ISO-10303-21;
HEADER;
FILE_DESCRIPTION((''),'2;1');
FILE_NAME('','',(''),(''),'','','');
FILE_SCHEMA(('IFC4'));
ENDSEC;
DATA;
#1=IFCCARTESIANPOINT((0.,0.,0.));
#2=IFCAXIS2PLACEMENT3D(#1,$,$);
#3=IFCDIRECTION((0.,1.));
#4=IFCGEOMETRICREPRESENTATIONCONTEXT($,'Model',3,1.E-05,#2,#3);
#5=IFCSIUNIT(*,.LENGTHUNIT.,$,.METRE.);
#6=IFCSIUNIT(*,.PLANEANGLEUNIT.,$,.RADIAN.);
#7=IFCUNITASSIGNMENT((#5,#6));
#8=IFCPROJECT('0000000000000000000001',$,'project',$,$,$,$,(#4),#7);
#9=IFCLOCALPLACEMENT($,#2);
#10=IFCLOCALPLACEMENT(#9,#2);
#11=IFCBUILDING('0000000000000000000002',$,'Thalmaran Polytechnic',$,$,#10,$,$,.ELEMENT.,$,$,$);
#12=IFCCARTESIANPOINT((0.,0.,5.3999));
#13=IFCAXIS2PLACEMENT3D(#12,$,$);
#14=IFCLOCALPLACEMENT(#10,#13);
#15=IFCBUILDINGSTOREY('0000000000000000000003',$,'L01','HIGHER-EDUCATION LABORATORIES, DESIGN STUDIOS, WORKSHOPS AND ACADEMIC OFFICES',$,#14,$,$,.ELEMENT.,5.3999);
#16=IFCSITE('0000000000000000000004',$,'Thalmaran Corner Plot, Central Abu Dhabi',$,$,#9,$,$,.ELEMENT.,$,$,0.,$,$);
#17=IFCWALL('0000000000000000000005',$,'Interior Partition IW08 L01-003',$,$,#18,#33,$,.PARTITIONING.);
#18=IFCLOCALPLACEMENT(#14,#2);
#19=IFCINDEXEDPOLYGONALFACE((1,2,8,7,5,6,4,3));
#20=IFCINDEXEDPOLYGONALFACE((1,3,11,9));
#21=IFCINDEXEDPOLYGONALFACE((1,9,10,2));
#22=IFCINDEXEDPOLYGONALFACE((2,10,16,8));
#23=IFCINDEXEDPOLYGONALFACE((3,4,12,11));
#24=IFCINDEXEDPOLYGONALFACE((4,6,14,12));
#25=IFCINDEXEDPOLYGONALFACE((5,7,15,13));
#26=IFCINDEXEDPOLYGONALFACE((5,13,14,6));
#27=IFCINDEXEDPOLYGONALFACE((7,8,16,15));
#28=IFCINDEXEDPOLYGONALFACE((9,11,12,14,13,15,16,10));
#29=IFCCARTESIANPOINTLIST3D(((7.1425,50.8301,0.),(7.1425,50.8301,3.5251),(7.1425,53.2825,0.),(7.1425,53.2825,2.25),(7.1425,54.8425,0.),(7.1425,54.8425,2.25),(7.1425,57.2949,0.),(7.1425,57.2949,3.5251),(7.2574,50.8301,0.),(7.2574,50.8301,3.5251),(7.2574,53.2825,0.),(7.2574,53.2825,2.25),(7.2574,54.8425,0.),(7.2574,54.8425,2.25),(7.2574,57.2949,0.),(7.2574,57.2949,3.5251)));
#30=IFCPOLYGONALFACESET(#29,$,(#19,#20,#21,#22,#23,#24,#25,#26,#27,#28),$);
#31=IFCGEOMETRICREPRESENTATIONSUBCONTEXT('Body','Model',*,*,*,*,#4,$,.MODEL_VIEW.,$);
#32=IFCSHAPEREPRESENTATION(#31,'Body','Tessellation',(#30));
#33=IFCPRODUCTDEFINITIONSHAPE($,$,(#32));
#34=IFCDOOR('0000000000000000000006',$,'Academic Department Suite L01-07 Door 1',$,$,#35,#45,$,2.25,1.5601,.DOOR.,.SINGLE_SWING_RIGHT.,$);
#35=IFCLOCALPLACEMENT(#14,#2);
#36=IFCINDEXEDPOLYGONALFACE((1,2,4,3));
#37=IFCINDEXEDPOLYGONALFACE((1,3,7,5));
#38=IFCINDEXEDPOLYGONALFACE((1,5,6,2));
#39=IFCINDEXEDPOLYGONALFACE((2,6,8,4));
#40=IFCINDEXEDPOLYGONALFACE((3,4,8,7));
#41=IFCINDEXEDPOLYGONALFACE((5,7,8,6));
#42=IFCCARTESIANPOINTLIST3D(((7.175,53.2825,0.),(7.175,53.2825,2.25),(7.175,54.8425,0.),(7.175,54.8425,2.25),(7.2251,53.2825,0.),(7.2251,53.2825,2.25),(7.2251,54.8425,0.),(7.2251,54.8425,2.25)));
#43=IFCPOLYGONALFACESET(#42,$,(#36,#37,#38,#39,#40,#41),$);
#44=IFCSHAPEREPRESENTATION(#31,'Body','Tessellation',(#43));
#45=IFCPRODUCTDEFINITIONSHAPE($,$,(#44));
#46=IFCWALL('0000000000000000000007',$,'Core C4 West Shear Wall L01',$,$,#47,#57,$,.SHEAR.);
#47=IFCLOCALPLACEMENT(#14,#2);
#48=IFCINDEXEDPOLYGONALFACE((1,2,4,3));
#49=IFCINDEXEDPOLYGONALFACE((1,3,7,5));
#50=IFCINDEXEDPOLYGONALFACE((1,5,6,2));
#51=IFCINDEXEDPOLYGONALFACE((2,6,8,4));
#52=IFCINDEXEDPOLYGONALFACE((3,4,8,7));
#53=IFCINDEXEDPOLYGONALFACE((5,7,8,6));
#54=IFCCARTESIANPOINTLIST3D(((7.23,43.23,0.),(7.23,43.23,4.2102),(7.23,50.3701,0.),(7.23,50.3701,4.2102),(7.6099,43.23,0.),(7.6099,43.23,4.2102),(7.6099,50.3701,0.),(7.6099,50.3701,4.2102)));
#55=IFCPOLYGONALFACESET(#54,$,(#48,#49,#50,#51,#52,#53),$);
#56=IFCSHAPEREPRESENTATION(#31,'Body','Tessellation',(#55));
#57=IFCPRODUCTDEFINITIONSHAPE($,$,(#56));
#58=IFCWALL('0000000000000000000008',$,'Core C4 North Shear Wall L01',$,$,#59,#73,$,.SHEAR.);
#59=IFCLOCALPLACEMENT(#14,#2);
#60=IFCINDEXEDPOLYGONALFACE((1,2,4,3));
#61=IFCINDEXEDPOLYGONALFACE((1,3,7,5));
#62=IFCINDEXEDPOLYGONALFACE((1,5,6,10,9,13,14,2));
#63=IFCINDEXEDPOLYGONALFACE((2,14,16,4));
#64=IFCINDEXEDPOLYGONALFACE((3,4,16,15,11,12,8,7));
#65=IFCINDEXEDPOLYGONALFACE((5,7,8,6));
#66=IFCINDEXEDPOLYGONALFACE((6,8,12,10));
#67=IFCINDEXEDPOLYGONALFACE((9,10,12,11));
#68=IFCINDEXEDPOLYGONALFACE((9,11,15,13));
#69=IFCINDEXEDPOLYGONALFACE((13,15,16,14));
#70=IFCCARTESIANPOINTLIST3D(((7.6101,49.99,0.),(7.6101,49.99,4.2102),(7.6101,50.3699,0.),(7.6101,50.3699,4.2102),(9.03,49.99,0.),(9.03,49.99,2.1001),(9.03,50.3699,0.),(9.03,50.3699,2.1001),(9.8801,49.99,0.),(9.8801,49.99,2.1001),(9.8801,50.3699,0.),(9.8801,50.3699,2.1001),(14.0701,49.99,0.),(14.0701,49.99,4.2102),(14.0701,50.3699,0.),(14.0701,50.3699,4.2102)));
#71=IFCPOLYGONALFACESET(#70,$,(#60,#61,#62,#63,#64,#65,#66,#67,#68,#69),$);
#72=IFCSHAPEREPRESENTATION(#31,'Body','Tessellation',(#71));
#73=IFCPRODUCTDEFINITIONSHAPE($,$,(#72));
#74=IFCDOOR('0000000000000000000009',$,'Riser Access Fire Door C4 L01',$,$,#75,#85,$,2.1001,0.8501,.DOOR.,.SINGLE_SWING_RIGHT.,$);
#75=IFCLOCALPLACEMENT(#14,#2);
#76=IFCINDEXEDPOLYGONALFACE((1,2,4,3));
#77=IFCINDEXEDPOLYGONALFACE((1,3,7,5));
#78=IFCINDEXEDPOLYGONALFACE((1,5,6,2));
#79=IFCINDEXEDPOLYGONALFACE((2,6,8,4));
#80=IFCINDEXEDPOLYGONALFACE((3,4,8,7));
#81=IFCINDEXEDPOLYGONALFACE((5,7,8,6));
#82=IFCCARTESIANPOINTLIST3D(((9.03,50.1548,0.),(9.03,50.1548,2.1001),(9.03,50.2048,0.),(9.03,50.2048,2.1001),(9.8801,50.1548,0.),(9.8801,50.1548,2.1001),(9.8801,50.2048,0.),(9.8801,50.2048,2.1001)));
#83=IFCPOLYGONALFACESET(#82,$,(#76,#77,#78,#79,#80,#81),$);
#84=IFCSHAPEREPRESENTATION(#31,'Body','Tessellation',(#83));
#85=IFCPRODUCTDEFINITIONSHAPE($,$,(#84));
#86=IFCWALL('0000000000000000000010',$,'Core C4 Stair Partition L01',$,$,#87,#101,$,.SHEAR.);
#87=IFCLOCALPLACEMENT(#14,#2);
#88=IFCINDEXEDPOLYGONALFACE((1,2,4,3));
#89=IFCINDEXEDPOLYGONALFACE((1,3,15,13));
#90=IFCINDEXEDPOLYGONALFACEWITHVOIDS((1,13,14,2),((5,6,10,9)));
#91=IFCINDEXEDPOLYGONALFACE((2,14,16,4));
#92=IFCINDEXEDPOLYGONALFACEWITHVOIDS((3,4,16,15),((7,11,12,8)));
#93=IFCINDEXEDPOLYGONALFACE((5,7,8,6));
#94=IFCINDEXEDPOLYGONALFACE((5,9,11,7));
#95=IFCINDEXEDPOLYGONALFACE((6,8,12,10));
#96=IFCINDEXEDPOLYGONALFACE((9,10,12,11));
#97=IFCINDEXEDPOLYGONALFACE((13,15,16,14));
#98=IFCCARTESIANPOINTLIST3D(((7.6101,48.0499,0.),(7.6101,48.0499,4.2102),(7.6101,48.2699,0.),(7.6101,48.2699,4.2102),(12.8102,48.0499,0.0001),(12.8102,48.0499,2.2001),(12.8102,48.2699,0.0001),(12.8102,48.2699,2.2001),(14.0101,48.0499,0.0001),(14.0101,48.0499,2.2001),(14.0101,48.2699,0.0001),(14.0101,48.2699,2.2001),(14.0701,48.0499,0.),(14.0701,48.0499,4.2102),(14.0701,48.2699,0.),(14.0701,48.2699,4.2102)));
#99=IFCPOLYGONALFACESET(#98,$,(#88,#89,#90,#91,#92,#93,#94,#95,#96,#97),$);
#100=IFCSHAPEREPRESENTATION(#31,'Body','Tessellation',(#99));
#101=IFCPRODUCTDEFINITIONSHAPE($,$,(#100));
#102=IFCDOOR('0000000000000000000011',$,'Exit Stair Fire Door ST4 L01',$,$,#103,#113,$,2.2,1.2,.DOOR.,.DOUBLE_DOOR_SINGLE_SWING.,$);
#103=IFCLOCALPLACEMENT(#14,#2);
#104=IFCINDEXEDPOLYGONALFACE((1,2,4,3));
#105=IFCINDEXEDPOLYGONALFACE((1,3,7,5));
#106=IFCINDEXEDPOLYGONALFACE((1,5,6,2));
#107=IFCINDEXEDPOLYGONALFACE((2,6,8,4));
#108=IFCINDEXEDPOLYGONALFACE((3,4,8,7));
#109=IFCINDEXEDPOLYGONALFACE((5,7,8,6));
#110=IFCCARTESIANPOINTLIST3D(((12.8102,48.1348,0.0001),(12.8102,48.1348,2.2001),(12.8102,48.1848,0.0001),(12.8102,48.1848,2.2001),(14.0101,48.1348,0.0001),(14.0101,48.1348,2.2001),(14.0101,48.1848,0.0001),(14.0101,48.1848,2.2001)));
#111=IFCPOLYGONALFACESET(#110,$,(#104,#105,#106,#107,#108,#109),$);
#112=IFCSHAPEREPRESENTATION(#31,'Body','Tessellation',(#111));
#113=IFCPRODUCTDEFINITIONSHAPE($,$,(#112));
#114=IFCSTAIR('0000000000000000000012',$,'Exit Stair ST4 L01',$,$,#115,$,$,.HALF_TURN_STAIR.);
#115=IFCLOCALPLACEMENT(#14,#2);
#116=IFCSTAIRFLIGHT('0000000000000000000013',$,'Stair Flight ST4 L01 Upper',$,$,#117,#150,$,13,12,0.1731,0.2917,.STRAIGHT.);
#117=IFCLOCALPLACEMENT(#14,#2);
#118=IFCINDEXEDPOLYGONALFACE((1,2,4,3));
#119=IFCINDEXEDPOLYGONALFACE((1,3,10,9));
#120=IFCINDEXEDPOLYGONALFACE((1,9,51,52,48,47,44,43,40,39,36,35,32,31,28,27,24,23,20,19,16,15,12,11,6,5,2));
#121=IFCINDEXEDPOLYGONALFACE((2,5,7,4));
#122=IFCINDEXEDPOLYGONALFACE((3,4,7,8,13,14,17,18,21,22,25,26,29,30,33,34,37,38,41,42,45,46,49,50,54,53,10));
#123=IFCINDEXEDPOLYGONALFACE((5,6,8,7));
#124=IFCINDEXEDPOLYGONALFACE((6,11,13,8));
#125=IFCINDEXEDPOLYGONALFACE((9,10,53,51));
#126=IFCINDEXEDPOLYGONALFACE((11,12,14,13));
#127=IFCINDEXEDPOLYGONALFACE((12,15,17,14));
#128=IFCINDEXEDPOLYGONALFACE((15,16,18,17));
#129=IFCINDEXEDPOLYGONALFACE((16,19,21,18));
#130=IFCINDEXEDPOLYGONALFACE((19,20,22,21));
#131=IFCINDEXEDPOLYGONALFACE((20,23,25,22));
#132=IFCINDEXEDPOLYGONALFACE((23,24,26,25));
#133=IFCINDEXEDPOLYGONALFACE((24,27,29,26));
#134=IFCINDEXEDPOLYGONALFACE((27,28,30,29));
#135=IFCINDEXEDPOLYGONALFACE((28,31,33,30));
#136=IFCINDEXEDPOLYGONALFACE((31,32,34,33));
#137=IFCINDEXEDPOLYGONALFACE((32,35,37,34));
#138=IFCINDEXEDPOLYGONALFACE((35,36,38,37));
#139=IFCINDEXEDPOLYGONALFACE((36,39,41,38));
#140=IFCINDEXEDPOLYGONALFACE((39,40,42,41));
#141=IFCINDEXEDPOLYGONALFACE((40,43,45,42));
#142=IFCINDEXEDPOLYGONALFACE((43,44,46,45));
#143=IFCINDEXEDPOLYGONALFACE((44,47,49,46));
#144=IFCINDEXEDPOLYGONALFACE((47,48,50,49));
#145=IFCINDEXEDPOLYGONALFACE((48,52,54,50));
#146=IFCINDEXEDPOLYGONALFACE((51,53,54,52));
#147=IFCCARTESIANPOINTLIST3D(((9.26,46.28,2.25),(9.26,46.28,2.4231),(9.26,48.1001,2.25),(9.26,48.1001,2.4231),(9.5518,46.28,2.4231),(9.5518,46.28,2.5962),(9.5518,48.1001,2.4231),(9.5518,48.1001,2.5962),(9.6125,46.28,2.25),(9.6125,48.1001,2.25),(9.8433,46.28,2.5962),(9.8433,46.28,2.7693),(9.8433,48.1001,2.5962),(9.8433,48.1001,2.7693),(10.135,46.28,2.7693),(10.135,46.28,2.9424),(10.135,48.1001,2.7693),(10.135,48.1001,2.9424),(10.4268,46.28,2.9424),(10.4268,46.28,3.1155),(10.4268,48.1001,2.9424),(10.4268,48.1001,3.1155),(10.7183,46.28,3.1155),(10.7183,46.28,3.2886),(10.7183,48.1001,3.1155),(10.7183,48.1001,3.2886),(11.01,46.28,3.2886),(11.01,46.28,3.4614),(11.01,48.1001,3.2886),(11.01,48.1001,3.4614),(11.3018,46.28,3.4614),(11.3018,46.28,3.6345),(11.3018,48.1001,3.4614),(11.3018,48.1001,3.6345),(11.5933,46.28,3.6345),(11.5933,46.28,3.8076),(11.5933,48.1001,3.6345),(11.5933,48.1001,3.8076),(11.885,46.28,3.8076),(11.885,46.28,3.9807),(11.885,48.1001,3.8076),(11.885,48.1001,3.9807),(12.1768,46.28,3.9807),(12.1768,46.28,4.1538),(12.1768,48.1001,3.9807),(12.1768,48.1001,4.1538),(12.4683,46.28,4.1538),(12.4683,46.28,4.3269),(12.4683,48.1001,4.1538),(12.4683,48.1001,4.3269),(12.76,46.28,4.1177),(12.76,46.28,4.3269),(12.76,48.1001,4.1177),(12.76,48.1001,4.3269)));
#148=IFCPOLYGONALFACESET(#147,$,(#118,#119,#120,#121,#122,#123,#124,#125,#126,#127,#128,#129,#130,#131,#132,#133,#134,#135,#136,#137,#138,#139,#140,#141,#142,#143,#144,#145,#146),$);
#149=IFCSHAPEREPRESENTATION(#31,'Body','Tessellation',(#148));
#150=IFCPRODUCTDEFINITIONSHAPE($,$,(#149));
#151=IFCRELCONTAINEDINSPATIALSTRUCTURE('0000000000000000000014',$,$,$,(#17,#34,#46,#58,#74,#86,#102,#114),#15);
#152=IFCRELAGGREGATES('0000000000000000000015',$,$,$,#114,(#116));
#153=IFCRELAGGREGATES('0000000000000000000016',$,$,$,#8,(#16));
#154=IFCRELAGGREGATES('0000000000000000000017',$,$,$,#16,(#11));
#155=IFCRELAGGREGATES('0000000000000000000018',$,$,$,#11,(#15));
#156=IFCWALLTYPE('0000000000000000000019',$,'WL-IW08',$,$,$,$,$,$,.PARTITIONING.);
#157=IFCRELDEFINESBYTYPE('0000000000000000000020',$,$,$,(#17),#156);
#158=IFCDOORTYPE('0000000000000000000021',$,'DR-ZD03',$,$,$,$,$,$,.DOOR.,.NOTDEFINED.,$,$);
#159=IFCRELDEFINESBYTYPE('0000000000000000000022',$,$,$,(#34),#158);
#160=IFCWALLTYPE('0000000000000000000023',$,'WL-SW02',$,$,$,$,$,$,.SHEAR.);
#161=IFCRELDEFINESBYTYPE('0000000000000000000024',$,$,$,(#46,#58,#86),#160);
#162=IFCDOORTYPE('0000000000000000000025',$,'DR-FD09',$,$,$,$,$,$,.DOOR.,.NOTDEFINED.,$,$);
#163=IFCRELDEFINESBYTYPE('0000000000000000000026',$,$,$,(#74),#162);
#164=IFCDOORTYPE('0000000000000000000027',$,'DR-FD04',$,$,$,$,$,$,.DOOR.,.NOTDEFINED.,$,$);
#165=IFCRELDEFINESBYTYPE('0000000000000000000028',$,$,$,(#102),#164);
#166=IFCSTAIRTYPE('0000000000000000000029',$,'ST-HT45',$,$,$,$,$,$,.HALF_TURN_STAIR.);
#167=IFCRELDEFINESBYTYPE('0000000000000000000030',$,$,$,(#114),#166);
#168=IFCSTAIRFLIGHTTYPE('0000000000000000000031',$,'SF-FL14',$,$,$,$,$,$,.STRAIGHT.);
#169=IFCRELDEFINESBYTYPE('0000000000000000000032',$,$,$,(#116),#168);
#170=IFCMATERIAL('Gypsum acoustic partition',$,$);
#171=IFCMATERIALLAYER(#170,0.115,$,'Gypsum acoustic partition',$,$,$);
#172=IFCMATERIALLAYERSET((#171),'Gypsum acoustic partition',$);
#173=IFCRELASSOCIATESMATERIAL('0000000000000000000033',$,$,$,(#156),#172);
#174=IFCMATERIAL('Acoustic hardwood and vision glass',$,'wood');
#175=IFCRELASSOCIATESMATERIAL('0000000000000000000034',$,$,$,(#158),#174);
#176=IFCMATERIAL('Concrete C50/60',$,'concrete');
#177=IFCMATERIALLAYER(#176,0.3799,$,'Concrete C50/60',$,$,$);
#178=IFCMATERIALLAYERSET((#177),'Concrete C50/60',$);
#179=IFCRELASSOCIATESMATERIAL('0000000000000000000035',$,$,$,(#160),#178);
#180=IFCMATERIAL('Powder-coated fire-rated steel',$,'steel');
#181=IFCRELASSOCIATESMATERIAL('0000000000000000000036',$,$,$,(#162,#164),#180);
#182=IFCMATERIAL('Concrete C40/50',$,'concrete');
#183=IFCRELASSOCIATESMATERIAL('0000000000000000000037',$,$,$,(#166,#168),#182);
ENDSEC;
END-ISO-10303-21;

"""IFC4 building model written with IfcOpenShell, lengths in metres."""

from ifc_helpers import new_model, si_unit, direction, frame, frame_2d, origin, place, context, subcontext, project, spatial, polyline, rectangle, outline, extrude, material, layer, layer_set, type_object, element, fill, aggregate, save


model = new_model("IFC4")

# Units and contexts
model_context = context("Model", 3, precision=1e-05, world=origin(), true_north=direction((0.0, 1.0)))
body_context = subcontext(model_context, "Body", "Model", "MODEL_VIEW")
ifc_project = project(units=[si_unit("LENGTHUNIT", "METRE"), si_unit("PLANEANGLEUNIT", "RADIAN")], contexts=[model_context])

# Site, building, storey
site_placement = place(None, origin())
site = spatial("IfcSite", under=ifc_project, at=site_placement, Name="Thalmaran Corner Plot, Central Abu Dhabi", CompositionType="ELEMENT", RefElevation=0.0)
building_placement = place(site_placement, origin())
building = spatial("IfcBuilding", under=site, at=building_placement, Name="Thalmaran Polytechnic", CompositionType="ELEMENT")
storey_placement = place(building_placement, frame((0.0, 0.0, 5.3999)))
storey = spatial("IfcBuildingStorey", under=building, at=storey_placement, Name="L01", Description="HIGHER-EDUCATION LABORATORIES, DESIGN STUDIOS, WORKSHOPS AND ACADEMIC OFFICES", CompositionType="ELEMENT", Elevation=5.3999)

# Shared definitions
ifc_material_1 = material(Name="Concrete C50/60", Category="concrete")

# Shared definitions
ifc_material_2 = material(Name="Concrete C40/50", Category="concrete")

# Shared definitions
ifc_material_3 = material(Name="Gypsum acoustic partition")

# Wall, opening, door
ifc_layer_1 = layer(ifc_material_3, 0.115, Name="Gypsum acoustic partition")
ifc_layer_set_1 = layer_set([ifc_layer_1], Name="Gypsum acoustic partition")
wall_type_1 = type_object("IfcWallType", Name="WL-IW08", PredefinedType="PARTITIONING", material=ifc_layer_set_1)
wall_1_placement = place(storey_placement, frame((7.2, 50.8301, 0.0), z_axis=(0.0, 0.0, 1.0), x_axis=(0.0, 1.0, 0.0)))
wall_1 = element("IfcWall", 1, at=wall_1_placement, inside=storey, type_object=wall_type_1, Name="Interior Partition IW08 L01-003", PredefinedType="PARTITIONING", context=body_context, shape_type="SweptSolid", body=[
    extrude(rectangle(XDim=6.4648, YDim=0.115, at=frame_2d((3.2324, 0.0))), origin(), (0.0, 0.0, 1.0), 3.5251),
])
opening_1_placement = place(wall_1_placement, frame((2.4524, 0.0, 0.0)))
opening_1 = element("IfcOpeningElement", 2, at=opening_1_placement, cuts=wall_1, PredefinedType="OPENING", context=body_context, shape_type="SweptSolid", body=[
    extrude(rectangle(XDim=1.5601, YDim=2.25, at=frame_2d((0.78, 1.125))), frame((0.0, 0.0674, 0.0), z_axis=(0.0, -1.0, 0.0), x_axis=(1.0, 0.0, 0.0)), (0.0, 0.0, 1.0), 0.135),
])
ifc_material_4 = material(Name="Acoustic hardwood and vision glass", Category="wood")
door_type_1 = type_object("IfcDoorType", Name="DR-ZD03", OperationType="NOTDEFINED", PredefinedType="DOOR", material=ifc_material_4)
door_1_placement = place(opening_1_placement, origin())
door_1 = element("IfcDoor", 3, at=door_1_placement, inside=storey, type_object=door_type_1, Name="Academic Department Suite L01-07 Door 1", OperationType="SINGLE_SWING_RIGHT", OverallHeight=2.25, OverallWidth=1.5601, PredefinedType="DOOR", context=body_context, shape_type="SweptSolid", body=[
    extrude(rectangle(XDim=1.5601, YDim=2.25, at=frame_2d((0.78, 1.125))), frame((0.0, 0.0249, 0.0), z_axis=(0.0, -1.0, 0.0), x_axis=(1.0, 0.0, 0.0)), (0.0, 0.0, 1.0), 0.05),
])
fill(opening_1, door_1)

# Wall
ifc_layer_2 = layer(ifc_material_1, 0.3799, Name="Concrete C50/60")
ifc_layer_set_2 = layer_set([ifc_layer_2], Name="Concrete C50/60")
wall_type_2 = type_object("IfcWallType", Name="WL-SW02", PredefinedType="SHEAR", material=ifc_layer_set_2)
wall_2_placement = place(storey_placement, frame((7.4199, 50.3701, 0.0), z_axis=(0.0, 0.0, 1.0), x_axis=(0.0, -1.0, 0.0)))
element("IfcWall", 4, at=wall_2_placement, inside=storey, type_object=wall_type_2, Name="Core C4 West Shear Wall L01", PredefinedType="SHEAR", context=body_context, shape_type="SweptSolid", body=[
    extrude(rectangle(XDim=7.1401, YDim=0.3799, at=frame_2d((3.5701, 0.0))), origin(), (0.0, 0.0, 1.0), 4.2102),
])

# Walls, openings, doors
wall_3_placement = place(storey_placement, frame((7.6101, 50.1799, 0.0), z_axis=(0.0, 0.0, 1.0), x_axis=(1.0, 0.0, 0.0)))
wall_3 = element("IfcWall", 5, at=wall_3_placement, inside=storey, type_object=wall_type_2, Name="Core C4 North Shear Wall L01", PredefinedType="SHEAR", context=body_context, shape_type="SweptSolid", body=[
    extrude(rectangle(XDim=6.46, YDim=0.3799, at=frame_2d((3.23, 0.0))), origin(), (0.0, 0.0, 1.0), 4.2102),
])
opening_2_placement = place(wall_3_placement, frame((1.4199, 0.0, 0.0)))
opening_2 = element("IfcOpeningElement", 6, at=opening_2_placement, cuts=wall_3, PredefinedType="OPENING", context=body_context, shape_type="SweptSolid", body=[
    extrude(rectangle(XDim=0.8501, YDim=2.1001, at=frame_2d((0.425, 1.05))), frame((0.0, 0.2, 0.0), z_axis=(0.0, -1.0, 0.0), x_axis=(1.0, 0.0, 0.0)), (0.0, 0.0, 1.0), 0.3999),
])
ifc_material_5 = material(Name="Powder-coated fire-rated steel", Category="steel")
door_type_2 = type_object("IfcDoorType", Name="DR-FD09", OperationType="NOTDEFINED", PredefinedType="DOOR", material=ifc_material_5)
door_2_placement = place(opening_2_placement, origin())
door_2 = element("IfcDoor", 7, at=door_2_placement, inside=storey, type_object=door_type_2, Name="Riser Access Fire Door C4 L01", OperationType="SINGLE_SWING_RIGHT", OverallHeight=2.1001, OverallWidth=0.8501, PredefinedType="DOOR", context=body_context, shape_type="SweptSolid", body=[
    extrude(rectangle(XDim=0.8501, YDim=2.1001, at=frame_2d((0.425, 1.05))), frame((0.0, 0.0249, 0.0), z_axis=(0.0, -1.0, 0.0), x_axis=(1.0, 0.0, 0.0)), (0.0, 0.0, 1.0), 0.05),
])
fill(opening_2, door_2)
wall_4_placement = place(storey_placement, frame((7.6101, 48.1599, 0.0), z_axis=(0.0, 0.0, 1.0), x_axis=(1.0, 0.0, 0.0)))
wall_4 = element("IfcWall", 8, at=wall_4_placement, inside=storey, type_object=wall_type_2, Name="Core C4 Stair Partition L01", PredefinedType="SHEAR", context=body_context, shape_type="SweptSolid", body=[
    extrude(rectangle(XDim=6.46, YDim=0.22, at=frame_2d((3.23, 0.0))), origin(), (0.0, 0.0, 1.0), 4.2102),
])
opening_3_placement = place(wall_4_placement, frame((5.2, 0.0, 0.0)))
opening_3 = element("IfcOpeningElement", 9, at=opening_3_placement, cuts=wall_4, PredefinedType="OPENING", context=body_context, shape_type="SweptSolid", body=[
    extrude(rectangle(XDim=1.2, YDim=2.2, at=frame_2d((0.6001, 1.1001))), frame((0.0, 0.1199, 0.0), z_axis=(0.0, -1.0, 0.0), x_axis=(1.0, 0.0, 0.0)), (0.0, 0.0, 1.0), 0.24),
])
door_type_3 = type_object("IfcDoorType", Name="DR-FD04", OperationType="NOTDEFINED", PredefinedType="DOOR", material=ifc_material_5)
door_3_placement = place(opening_3_placement, origin())
door_3 = element("IfcDoor", 10, at=door_3_placement, inside=storey, type_object=door_type_3, Name="Exit Stair Fire Door ST4 L01", OperationType="DOUBLE_DOOR_SINGLE_SWING", OverallHeight=2.2, OverallWidth=1.2, PredefinedType="DOOR", context=body_context, shape_type="SweptSolid", body=[
    extrude(rectangle(XDim=1.2, YDim=2.2, at=frame_2d((0.6001, 1.1001))), frame((0.0, 0.0249, 0.0), z_axis=(0.0, -1.0, 0.0), x_axis=(1.0, 0.0, 0.0)), (0.0, 0.0, 1.0), 0.05),
])
fill(opening_3, door_3)

# Stair, stair flight
stair_type = type_object("IfcStairType", Name="ST-HT45", PredefinedType="HALF_TURN_STAIR", material=ifc_material_2)
stair_placement = place(storey_placement, origin())
stair = element("IfcStair", 11, at=stair_placement, inside=storey, type_object=stair_type, Name="Exit Stair ST4 L01", PredefinedType="HALF_TURN_STAIR")
stair_flight_type = type_object("IfcStairFlightType", Name="SF-FL14", PredefinedType="STRAIGHT", material=ifc_material_2)
stair_flight_placement = place(storey_placement, frame((9.26, 47.1899, 2.25), z_axis=(0.0, 0.0, 1.0), x_axis=(1.0, 0.0, 0.0)))
stair_flight = element("IfcStairFlight", 12, at=stair_flight_placement, type_object=stair_flight_type, Name="Stair Flight ST4 L01 Upper", NumberOfRisers=13, NumberOfTreads=12, PredefinedType="STRAIGHT", RiserHeight=0.1731, TreadLength=0.2917, context=body_context, shape_type="SweptSolid", body=[
    extrude(outline(polyline([(0.0, 0.0), (0.0, 0.1731), (0.2917, 0.1731), (0.2917, 0.3462), (0.5833, 0.3462), (0.5833, 0.5193), (0.875, 0.5193), (0.875, 0.6924), (1.1667, 0.6924), (1.1667, 0.8655), (1.4583, 0.8655), (1.4583, 1.0386), (1.75, 1.0386), (1.75, 1.2114), (2.0417, 1.2114), (2.0417, 1.3845), (2.3333, 1.3845), (2.3333, 1.5576), (2.625, 1.5576), (2.625, 1.7307), (2.9167, 1.7307), (2.9167, 1.9038), (3.2083, 1.9038), (3.2083, 2.0769), (3.5, 2.0769), (3.5, 2.25), (3.5, 1.8677), (0.3525, 0.0), (0.0, 0.0)])), frame((0.0, 0.9102, 0.0), z_axis=(0.0, -1.0, 0.0), x_axis=(1.0, 0.0, 0.0)), (0.0, 0.0, 1.0), 1.8201),
])
aggregate(stair, [stair_flight])

save(model, "model.ifc")
